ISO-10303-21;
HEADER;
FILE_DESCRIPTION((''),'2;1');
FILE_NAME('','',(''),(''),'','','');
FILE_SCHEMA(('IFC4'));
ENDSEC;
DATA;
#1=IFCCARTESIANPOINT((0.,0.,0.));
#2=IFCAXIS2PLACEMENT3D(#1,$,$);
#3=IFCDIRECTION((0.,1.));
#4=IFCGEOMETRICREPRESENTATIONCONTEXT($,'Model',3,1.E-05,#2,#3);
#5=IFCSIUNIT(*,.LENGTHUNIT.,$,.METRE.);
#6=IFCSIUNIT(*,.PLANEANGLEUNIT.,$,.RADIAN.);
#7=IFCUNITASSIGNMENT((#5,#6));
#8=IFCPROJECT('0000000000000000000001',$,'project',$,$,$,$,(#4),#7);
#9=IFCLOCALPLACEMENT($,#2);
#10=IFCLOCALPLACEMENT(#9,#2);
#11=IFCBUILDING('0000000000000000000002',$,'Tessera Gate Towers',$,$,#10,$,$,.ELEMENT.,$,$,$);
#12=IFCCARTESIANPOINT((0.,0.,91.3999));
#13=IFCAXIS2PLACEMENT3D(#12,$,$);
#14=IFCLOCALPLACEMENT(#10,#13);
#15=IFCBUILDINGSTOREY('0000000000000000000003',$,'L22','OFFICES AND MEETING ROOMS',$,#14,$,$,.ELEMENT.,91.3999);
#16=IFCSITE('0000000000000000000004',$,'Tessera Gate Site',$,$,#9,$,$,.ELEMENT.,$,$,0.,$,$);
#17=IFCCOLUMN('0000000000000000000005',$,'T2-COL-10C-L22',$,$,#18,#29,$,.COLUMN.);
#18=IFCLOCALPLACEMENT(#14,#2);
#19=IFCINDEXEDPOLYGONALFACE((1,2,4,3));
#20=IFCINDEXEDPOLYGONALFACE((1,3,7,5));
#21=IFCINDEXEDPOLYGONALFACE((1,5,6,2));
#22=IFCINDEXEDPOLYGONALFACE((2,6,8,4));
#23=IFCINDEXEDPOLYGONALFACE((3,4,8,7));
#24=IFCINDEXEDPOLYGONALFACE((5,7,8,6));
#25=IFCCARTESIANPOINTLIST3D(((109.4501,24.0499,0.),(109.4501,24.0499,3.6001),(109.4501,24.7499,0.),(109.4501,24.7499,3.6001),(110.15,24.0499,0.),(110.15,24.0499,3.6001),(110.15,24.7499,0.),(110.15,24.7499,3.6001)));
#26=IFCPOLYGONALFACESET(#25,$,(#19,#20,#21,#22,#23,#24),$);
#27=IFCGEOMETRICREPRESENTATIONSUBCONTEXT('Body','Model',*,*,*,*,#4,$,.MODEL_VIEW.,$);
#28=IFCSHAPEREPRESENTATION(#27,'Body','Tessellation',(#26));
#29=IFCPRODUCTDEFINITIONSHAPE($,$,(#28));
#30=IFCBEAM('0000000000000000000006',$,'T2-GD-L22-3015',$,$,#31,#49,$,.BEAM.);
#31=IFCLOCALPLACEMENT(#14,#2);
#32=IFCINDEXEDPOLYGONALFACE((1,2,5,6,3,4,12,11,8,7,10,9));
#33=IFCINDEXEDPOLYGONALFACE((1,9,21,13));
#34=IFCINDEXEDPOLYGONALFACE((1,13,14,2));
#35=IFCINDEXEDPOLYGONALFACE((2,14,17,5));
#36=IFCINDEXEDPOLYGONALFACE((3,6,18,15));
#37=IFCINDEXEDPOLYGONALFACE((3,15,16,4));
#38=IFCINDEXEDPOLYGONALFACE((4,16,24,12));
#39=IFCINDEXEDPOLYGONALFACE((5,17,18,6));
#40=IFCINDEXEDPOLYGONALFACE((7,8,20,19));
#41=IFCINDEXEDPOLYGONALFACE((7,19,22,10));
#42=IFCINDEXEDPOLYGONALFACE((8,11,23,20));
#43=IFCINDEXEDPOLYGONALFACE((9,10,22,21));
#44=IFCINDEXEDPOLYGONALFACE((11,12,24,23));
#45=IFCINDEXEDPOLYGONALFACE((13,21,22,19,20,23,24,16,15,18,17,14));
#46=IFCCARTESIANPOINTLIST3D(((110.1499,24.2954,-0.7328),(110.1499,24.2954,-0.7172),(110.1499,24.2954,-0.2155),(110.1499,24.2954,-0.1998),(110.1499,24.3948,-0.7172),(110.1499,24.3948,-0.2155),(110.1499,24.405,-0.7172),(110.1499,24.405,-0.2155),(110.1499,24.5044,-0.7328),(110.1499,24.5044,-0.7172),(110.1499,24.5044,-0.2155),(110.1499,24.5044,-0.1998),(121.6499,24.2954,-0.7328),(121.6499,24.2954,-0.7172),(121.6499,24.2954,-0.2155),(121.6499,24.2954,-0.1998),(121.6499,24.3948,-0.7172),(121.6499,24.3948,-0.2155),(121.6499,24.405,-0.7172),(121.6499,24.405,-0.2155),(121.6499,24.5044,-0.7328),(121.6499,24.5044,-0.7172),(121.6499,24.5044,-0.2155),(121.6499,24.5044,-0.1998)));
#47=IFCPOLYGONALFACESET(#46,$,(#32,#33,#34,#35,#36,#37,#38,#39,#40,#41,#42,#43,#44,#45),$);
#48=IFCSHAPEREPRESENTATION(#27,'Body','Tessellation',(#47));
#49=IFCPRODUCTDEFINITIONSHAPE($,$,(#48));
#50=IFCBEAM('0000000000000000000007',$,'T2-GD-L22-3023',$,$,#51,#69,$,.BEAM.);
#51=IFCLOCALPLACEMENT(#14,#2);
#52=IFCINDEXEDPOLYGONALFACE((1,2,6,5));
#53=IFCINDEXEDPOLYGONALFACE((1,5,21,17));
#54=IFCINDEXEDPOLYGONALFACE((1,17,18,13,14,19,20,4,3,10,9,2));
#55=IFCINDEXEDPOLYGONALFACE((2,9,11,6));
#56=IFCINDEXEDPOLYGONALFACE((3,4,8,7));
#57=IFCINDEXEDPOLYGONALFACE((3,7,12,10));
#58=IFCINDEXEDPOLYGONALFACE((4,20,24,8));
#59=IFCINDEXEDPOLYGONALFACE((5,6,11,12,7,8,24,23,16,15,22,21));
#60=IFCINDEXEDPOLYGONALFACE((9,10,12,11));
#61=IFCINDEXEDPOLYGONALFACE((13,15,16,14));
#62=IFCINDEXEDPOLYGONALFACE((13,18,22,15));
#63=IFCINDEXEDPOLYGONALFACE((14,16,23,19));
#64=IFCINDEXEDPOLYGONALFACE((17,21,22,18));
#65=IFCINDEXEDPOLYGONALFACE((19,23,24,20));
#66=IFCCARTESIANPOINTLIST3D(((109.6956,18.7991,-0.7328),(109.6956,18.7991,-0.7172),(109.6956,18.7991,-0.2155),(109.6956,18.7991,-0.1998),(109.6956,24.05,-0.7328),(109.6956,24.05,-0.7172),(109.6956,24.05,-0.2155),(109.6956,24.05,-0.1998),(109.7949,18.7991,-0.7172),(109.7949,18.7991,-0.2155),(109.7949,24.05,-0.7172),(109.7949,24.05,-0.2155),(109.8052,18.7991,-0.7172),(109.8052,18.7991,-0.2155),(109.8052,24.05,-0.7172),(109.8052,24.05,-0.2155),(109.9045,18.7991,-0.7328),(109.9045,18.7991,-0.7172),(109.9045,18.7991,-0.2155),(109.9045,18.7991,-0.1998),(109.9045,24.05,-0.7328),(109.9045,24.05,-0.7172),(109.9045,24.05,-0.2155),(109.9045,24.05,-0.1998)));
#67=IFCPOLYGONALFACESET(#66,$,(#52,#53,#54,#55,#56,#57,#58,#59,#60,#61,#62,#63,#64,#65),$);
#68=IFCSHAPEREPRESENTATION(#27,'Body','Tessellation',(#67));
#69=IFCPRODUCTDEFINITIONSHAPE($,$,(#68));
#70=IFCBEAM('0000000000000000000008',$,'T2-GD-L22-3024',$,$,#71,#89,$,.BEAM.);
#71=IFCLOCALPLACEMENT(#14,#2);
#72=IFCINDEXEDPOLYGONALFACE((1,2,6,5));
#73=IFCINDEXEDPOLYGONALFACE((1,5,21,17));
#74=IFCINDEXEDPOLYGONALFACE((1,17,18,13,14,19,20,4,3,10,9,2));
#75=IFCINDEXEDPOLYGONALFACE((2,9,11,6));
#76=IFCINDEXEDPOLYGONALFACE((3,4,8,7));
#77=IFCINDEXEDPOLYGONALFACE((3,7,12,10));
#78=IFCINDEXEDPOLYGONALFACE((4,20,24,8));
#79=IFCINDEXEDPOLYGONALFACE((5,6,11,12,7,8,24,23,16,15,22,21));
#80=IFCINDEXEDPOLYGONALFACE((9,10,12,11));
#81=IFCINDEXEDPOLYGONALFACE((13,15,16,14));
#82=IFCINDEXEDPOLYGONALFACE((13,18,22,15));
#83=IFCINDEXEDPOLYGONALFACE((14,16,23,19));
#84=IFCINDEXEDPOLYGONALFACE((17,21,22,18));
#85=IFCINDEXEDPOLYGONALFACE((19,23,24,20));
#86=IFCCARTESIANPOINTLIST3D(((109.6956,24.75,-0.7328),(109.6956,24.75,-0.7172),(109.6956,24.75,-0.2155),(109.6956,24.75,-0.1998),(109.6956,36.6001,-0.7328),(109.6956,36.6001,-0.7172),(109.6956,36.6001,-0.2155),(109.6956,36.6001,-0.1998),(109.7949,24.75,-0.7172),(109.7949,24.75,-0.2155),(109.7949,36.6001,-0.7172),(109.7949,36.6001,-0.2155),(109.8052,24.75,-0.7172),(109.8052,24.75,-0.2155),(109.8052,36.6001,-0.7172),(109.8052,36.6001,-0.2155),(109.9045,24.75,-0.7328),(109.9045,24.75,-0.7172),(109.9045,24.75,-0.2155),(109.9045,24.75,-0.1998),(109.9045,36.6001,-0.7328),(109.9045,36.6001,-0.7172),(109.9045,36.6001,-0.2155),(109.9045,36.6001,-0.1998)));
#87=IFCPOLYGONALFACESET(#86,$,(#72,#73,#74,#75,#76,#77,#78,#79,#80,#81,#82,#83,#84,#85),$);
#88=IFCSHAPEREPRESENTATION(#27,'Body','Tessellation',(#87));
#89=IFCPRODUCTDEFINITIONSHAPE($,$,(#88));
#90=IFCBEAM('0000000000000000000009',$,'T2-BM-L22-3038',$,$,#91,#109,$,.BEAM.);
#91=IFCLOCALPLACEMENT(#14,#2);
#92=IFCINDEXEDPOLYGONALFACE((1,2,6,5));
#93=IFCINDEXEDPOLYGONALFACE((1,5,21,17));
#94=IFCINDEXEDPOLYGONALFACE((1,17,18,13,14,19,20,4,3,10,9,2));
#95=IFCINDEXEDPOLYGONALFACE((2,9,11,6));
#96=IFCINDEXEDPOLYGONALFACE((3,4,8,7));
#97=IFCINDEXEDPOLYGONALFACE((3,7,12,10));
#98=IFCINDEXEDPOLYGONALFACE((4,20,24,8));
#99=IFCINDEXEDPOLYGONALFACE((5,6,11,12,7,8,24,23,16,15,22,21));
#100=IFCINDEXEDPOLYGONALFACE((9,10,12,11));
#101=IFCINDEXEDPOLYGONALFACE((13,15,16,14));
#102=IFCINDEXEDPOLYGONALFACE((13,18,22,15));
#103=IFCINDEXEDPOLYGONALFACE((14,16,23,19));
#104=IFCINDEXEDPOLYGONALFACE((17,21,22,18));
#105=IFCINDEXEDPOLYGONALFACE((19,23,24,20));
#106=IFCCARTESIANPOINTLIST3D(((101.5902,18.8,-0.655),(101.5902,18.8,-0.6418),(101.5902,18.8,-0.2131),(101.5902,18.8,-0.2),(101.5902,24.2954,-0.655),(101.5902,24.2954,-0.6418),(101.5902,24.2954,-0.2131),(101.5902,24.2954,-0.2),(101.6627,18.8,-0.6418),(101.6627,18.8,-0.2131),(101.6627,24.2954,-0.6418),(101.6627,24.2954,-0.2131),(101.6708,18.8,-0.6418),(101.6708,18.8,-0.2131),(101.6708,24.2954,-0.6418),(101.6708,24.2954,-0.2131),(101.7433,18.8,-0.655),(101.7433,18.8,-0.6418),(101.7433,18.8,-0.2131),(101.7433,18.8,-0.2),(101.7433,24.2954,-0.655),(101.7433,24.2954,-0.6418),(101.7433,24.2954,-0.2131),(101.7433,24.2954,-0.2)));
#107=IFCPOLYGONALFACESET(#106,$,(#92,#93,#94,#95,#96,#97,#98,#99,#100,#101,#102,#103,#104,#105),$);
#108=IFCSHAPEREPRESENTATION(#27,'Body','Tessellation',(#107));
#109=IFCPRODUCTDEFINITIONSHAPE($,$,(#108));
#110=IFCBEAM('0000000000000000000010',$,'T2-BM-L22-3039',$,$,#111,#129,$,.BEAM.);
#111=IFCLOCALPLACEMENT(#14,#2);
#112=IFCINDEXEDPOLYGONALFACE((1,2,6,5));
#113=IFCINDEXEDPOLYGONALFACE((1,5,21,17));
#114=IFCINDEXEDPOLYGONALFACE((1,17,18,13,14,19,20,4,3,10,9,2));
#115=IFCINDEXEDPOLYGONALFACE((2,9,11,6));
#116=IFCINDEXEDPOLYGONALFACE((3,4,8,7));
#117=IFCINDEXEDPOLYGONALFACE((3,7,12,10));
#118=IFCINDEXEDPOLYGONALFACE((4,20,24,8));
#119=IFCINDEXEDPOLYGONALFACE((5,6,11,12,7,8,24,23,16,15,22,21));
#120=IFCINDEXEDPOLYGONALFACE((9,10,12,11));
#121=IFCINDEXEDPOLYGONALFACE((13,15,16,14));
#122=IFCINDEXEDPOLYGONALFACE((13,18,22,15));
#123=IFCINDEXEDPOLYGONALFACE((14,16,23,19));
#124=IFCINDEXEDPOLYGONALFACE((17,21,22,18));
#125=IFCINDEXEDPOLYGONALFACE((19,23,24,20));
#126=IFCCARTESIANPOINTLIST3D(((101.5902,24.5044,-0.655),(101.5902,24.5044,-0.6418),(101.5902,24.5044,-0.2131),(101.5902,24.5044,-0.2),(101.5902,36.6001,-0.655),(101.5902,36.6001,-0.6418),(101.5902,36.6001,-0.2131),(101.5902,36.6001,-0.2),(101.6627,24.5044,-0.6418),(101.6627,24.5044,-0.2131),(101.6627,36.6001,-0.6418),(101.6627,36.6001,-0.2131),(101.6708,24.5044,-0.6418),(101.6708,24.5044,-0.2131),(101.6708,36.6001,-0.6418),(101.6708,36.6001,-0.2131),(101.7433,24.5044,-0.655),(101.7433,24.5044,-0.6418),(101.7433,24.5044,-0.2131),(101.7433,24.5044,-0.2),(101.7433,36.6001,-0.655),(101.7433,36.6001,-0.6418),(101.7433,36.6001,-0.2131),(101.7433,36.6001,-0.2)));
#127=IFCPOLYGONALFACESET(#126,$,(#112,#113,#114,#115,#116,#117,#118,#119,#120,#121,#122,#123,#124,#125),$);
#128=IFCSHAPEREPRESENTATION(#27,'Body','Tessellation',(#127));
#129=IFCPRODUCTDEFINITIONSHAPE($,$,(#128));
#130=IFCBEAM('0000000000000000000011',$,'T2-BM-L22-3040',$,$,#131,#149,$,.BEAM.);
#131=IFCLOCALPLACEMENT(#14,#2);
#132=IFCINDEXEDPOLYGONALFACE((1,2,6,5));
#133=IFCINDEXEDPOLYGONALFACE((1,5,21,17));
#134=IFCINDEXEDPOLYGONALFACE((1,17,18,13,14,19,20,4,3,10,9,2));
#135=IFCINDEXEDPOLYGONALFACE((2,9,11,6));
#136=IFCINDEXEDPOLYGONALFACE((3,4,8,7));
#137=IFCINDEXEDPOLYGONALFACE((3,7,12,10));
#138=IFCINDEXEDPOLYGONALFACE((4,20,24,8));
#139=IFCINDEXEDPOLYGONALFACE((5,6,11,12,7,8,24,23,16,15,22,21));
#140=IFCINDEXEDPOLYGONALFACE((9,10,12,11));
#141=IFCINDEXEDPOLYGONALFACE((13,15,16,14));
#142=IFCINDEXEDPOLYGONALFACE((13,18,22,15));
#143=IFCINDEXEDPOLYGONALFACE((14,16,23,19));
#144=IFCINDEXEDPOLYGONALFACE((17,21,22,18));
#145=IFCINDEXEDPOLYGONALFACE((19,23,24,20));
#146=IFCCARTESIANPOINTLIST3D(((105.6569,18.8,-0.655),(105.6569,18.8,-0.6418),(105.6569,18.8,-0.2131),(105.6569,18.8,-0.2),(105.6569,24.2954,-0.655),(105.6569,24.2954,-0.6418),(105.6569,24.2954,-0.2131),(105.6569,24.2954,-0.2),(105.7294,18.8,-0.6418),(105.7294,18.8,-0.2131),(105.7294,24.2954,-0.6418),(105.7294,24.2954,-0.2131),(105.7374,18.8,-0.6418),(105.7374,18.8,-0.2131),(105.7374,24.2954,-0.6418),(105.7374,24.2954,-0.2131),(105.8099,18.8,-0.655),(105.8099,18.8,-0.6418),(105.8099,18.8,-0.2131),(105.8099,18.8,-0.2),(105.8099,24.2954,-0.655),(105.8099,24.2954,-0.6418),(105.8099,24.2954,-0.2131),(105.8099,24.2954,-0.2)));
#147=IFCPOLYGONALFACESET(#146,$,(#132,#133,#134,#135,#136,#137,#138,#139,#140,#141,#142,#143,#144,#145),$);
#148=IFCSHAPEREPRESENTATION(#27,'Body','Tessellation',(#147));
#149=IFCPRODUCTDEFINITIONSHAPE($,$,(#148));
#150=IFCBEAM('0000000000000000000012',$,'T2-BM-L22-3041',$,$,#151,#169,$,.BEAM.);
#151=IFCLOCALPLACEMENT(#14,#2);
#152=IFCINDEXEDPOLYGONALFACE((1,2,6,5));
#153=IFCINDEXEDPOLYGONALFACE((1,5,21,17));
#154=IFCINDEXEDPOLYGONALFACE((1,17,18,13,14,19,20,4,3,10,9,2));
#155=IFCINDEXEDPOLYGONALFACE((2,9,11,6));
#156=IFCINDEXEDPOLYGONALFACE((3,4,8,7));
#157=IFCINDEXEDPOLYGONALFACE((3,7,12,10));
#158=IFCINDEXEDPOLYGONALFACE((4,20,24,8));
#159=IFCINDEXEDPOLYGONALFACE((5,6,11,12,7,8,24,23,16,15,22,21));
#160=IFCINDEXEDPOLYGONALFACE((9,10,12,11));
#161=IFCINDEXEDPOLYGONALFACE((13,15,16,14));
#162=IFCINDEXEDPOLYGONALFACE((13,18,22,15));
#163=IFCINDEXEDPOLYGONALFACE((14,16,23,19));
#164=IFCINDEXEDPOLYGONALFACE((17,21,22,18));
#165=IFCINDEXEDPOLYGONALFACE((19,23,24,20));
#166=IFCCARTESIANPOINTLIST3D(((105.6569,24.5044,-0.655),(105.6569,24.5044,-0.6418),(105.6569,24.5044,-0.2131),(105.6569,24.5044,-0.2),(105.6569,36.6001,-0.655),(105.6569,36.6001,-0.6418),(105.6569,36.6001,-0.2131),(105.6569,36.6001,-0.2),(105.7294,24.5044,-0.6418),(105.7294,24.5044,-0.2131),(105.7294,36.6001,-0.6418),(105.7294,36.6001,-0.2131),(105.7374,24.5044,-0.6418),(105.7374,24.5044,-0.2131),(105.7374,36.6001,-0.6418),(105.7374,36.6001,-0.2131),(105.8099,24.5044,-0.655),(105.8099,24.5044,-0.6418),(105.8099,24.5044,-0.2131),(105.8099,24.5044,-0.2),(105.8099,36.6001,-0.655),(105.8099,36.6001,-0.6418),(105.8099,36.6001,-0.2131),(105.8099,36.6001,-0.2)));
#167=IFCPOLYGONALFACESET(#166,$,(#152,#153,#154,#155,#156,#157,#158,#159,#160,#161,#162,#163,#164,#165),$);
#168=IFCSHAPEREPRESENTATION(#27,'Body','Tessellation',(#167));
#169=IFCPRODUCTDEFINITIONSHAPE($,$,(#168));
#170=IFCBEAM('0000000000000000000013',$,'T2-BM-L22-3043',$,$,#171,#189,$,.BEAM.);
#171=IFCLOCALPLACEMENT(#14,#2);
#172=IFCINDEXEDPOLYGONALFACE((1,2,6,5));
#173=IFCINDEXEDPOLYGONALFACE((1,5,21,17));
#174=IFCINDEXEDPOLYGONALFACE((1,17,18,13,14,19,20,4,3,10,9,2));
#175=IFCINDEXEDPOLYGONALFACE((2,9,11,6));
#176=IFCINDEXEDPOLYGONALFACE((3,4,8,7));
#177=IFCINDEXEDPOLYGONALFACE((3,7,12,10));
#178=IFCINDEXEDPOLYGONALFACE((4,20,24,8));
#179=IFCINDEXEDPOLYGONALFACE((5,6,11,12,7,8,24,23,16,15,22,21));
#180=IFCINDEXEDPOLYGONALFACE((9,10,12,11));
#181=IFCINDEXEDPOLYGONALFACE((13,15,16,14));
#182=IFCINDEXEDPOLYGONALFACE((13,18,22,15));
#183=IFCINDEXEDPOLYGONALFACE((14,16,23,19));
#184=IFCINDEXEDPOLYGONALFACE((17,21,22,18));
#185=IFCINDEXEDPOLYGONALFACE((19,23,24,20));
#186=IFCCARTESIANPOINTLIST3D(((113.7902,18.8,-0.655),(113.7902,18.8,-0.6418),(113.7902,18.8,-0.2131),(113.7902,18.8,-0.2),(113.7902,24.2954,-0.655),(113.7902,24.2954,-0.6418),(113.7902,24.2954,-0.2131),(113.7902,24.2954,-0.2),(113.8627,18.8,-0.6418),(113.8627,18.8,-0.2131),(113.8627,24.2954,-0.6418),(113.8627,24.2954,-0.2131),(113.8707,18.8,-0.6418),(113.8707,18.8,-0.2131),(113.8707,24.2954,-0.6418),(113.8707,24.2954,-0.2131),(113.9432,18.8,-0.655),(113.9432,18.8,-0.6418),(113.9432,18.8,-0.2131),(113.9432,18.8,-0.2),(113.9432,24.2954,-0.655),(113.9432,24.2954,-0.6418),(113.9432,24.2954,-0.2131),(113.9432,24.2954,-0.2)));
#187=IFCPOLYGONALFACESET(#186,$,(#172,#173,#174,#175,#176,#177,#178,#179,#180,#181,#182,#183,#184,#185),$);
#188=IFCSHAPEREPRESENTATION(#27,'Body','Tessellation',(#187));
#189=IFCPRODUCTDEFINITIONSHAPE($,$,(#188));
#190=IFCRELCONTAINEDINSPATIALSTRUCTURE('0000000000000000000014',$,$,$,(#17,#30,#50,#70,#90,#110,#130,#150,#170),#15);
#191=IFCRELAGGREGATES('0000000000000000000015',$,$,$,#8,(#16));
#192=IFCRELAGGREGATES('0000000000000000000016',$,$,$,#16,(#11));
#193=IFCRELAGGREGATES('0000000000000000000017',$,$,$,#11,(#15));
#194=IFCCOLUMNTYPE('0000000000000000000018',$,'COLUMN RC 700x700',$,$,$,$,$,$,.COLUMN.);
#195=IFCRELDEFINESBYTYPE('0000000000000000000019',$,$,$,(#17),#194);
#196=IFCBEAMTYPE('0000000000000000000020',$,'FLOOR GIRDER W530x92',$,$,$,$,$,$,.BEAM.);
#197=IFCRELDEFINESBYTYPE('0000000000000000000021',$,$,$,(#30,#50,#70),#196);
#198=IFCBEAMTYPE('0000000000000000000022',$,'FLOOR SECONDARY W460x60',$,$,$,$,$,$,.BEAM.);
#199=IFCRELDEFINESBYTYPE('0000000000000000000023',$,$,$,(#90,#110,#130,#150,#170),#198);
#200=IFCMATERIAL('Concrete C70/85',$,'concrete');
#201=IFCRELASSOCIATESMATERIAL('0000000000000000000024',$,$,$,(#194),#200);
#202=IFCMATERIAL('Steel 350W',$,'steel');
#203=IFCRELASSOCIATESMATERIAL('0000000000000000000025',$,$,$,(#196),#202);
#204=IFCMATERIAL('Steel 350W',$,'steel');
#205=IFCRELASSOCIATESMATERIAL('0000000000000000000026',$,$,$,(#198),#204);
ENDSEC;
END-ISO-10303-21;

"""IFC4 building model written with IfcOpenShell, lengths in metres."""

from ifc_helpers import new_model, si_unit, direction, frame, origin, origin_2d, place, context, subcontext, project, spatial, rectangle, i_section, extrude, material, material_profile, profile_set, type_object, element, save


model = new_model("IFC4")

# Units and contexts
model_context = context("Model", 3, precision=1e-05, world=origin(), true_north=direction((0.0, 1.0)))
body_context = subcontext(model_context, "Body", "Model", "MODEL_VIEW")
ifc_project = project(units=[si_unit("LENGTHUNIT", "METRE"), si_unit("PLANEANGLEUNIT", "RADIAN")], contexts=[model_context])

# Site, building, storey
site_placement = place(None, origin())
site = spatial("IfcSite", under=ifc_project, at=site_placement, Name="Tessera Gate Site", CompositionType="ELEMENT", RefElevation=0.0)
building_placement = place(site_placement, origin())
building = spatial("IfcBuilding", under=site, at=building_placement, Name="Tessera Gate Towers", CompositionType="ELEMENT")
storey_placement = place(building_placement, frame((0.0, 0.0, 91.3999)))
storey = spatial("IfcBuildingStorey", under=building, at=storey_placement, Name="L22", Description="OFFICES AND MEETING ROOMS", CompositionType="ELEMENT", Elevation=91.3999)

# Column
ifc_material_1 = material(Name="Concrete C70/85", Category="concrete")
ifc_material_profile_1 = material_profile(ifc_material_1, rectangle(XDim=0.7, YDim=0.7, at=origin_2d()), Name="RC 700x700")
ifc_profile_set_1 = profile_set([ifc_material_profile_1], Name="Concrete C70/85")
column_type = type_object("IfcColumnType", Name="COLUMN RC 700x700", PredefinedType="COLUMN", material=ifc_profile_set_1)
column_placement = place(storey_placement, frame((109.8, 24.3999, 0.0), z_axis=(0.0, 0.0, 1.0), x_axis=(1.0, 0.0, 0.0)))
element("IfcColumn", 1, at=column_placement, inside=storey, type_object=column_type, Name="T2-COL-10C-L22", PredefinedType="COLUMN", context=body_context, shape_type="SweptSolid", body=[
    extrude(rectangle(XDim=0.7, YDim=0.7, at=origin_2d()), origin(), (0.0, 0.0, 1.0), 3.6001),
])

# Beams
ifc_material_2 = material(Name="Steel 350W", Category="steel")
ifc_material_profile_2 = material_profile(ifc_material_2, i_section(OverallWidth=0.209, OverallDepth=0.533, WebThickness=0.0103, FlangeThickness=0.0156, at=origin_2d()), Name="W530x92")
ifc_profile_set_2 = profile_set([ifc_material_profile_2], Name="Steel 350W")
beam_type_1 = type_object("IfcBeamType", Name="FLOOR GIRDER W530x92", PredefinedType="BEAM", material=ifc_profile_set_2)
beam_1_placement = place(storey_placement, frame((110.1499, 24.3999, -0.4663), z_axis=(1.0, 0.0, 0.0), x_axis=(0.0, 1.0, 0.0)))
element("IfcBeam", 2, at=beam_1_placement, inside=storey, type_object=beam_type_1, Name="T2-GD-L22-3015", PredefinedType="BEAM", context=body_context, shape_type="SweptSolid", body=[
    extrude(i_section(OverallWidth=0.209, OverallDepth=0.533, WebThickness=0.0103, FlangeThickness=0.0156, at=origin_2d()), origin(), (0.0, 0.0, 1.0), 11.5),
])
beam_2_placement = place(storey_placement, frame((109.8, 18.7991, -0.4663), z_axis=(0.0, 1.0, 0.0), x_axis=(-1.0, 0.0, 0.0)))
element("IfcBeam", 3, at=beam_2_placement, inside=storey, type_object=beam_type_1, Name="T2-GD-L22-3023", PredefinedType="BEAM", context=body_context, shape_type="SweptSolid", body=[
    extrude(i_section(OverallWidth=0.209, OverallDepth=0.533, WebThickness=0.0103, FlangeThickness=0.0156, at=origin_2d()), origin(), (0.0, 0.0, 1.0), 5.251),
])
beam_3_placement = place(storey_placement, frame((109.8, 24.75, -0.4663), z_axis=(0.0, 1.0, 0.0), x_axis=(-1.0, 0.0, 0.0)))
element("IfcBeam", 4, at=beam_3_placement, inside=storey, type_object=beam_type_1, Name="T2-GD-L22-3024", PredefinedType="BEAM", context=body_context, shape_type="SweptSolid", body=[
    extrude(i_section(OverallWidth=0.209, OverallDepth=0.533, WebThickness=0.0103, FlangeThickness=0.0156, at=origin_2d()), origin(), (0.0, 0.0, 1.0), 11.8501),
])
ifc_material_3 = material(Name="Steel 350W", Category="steel")
ifc_material_profile_3 = material_profile(ifc_material_3, i_section(OverallWidth=0.1531, OverallDepth=0.4551, WebThickness=0.0081, FlangeThickness=0.0132, at=origin_2d()), Name="W460x60")
ifc_profile_set_3 = profile_set([ifc_material_profile_3], Name="Steel 350W")
beam_type_2 = type_object("IfcBeamType", Name="FLOOR SECONDARY W460x60", PredefinedType="BEAM", material=ifc_profile_set_3)
beam_4_placement = place(storey_placement, frame((101.6667, 18.8, -0.4275), z_axis=(0.0, 1.0, 0.0), x_axis=(-1.0, 0.0, 0.0)))
element("IfcBeam", 5, at=beam_4_placement, inside=storey, type_object=beam_type_2, Name="T2-BM-L22-3038", PredefinedType="BEAM", context=body_context, shape_type="SweptSolid", body=[
    extrude(i_section(OverallWidth=0.1531, OverallDepth=0.4551, WebThickness=0.0081, FlangeThickness=0.0132, at=origin_2d()), origin(), (0.0, 0.0, 1.0), 5.4954),
])
beam_5_placement = place(storey_placement, frame((101.6667, 24.5044, -0.4275), z_axis=(0.0, 1.0, 0.0), x_axis=(-1.0, 0.0, 0.0)))
element("IfcBeam", 6, at=beam_5_placement, inside=storey, type_object=beam_type_2, Name="T2-BM-L22-3039", PredefinedType="BEAM", context=body_context, shape_type="SweptSolid", body=[
    extrude(i_section(OverallWidth=0.1531, OverallDepth=0.4551, WebThickness=0.0081, FlangeThickness=0.0132, at=origin_2d()), origin(), (0.0, 0.0, 1.0), 12.0957),
])
beam_6_placement = place(storey_placement, frame((105.7334, 18.8, -0.4275), z_axis=(0.0, 1.0, 0.0), x_axis=(-1.0, 0.0, 0.0)))
element("IfcBeam", 7, at=beam_6_placement, inside=storey, type_object=beam_type_2, Name="T2-BM-L22-3040", PredefinedType="BEAM", context=body_context, shape_type="SweptSolid", body=[
    extrude(i_section(OverallWidth=0.1531, OverallDepth=0.4551, WebThickness=0.0081, FlangeThickness=0.0132, at=origin_2d()), origin(), (0.0, 0.0, 1.0), 5.4954),
])
beam_7_placement = place(storey_placement, frame((105.7334, 24.5044, -0.4275), z_axis=(0.0, 1.0, 0.0), x_axis=(-1.0, 0.0, 0.0)))
element("IfcBeam", 8, at=beam_7_placement, inside=storey, type_object=beam_type_2, Name="T2-BM-L22-3041", PredefinedType="BEAM", context=body_context, shape_type="SweptSolid", body=[
    extrude(i_section(OverallWidth=0.1531, OverallDepth=0.4551, WebThickness=0.0081, FlangeThickness=0.0132, at=origin_2d()), origin(), (0.0, 0.0, 1.0), 12.0957),
])
beam_8_placement = place(storey_placement, frame((113.8667, 18.8, -0.4275), z_axis=(0.0, 1.0, 0.0), x_axis=(-1.0, 0.0, 0.0)))
element("IfcBeam", 9, at=beam_8_placement, inside=storey, type_object=beam_type_2, Name="T2-BM-L22-3043", PredefinedType="BEAM", context=body_context, shape_type="SweptSolid", body=[
    extrude(i_section(OverallWidth=0.1531, OverallDepth=0.4551, WebThickness=0.0081, FlangeThickness=0.0132, at=origin_2d()), origin(), (0.0, 0.0, 1.0), 5.4954),
])

save(model, "model.ifc")
